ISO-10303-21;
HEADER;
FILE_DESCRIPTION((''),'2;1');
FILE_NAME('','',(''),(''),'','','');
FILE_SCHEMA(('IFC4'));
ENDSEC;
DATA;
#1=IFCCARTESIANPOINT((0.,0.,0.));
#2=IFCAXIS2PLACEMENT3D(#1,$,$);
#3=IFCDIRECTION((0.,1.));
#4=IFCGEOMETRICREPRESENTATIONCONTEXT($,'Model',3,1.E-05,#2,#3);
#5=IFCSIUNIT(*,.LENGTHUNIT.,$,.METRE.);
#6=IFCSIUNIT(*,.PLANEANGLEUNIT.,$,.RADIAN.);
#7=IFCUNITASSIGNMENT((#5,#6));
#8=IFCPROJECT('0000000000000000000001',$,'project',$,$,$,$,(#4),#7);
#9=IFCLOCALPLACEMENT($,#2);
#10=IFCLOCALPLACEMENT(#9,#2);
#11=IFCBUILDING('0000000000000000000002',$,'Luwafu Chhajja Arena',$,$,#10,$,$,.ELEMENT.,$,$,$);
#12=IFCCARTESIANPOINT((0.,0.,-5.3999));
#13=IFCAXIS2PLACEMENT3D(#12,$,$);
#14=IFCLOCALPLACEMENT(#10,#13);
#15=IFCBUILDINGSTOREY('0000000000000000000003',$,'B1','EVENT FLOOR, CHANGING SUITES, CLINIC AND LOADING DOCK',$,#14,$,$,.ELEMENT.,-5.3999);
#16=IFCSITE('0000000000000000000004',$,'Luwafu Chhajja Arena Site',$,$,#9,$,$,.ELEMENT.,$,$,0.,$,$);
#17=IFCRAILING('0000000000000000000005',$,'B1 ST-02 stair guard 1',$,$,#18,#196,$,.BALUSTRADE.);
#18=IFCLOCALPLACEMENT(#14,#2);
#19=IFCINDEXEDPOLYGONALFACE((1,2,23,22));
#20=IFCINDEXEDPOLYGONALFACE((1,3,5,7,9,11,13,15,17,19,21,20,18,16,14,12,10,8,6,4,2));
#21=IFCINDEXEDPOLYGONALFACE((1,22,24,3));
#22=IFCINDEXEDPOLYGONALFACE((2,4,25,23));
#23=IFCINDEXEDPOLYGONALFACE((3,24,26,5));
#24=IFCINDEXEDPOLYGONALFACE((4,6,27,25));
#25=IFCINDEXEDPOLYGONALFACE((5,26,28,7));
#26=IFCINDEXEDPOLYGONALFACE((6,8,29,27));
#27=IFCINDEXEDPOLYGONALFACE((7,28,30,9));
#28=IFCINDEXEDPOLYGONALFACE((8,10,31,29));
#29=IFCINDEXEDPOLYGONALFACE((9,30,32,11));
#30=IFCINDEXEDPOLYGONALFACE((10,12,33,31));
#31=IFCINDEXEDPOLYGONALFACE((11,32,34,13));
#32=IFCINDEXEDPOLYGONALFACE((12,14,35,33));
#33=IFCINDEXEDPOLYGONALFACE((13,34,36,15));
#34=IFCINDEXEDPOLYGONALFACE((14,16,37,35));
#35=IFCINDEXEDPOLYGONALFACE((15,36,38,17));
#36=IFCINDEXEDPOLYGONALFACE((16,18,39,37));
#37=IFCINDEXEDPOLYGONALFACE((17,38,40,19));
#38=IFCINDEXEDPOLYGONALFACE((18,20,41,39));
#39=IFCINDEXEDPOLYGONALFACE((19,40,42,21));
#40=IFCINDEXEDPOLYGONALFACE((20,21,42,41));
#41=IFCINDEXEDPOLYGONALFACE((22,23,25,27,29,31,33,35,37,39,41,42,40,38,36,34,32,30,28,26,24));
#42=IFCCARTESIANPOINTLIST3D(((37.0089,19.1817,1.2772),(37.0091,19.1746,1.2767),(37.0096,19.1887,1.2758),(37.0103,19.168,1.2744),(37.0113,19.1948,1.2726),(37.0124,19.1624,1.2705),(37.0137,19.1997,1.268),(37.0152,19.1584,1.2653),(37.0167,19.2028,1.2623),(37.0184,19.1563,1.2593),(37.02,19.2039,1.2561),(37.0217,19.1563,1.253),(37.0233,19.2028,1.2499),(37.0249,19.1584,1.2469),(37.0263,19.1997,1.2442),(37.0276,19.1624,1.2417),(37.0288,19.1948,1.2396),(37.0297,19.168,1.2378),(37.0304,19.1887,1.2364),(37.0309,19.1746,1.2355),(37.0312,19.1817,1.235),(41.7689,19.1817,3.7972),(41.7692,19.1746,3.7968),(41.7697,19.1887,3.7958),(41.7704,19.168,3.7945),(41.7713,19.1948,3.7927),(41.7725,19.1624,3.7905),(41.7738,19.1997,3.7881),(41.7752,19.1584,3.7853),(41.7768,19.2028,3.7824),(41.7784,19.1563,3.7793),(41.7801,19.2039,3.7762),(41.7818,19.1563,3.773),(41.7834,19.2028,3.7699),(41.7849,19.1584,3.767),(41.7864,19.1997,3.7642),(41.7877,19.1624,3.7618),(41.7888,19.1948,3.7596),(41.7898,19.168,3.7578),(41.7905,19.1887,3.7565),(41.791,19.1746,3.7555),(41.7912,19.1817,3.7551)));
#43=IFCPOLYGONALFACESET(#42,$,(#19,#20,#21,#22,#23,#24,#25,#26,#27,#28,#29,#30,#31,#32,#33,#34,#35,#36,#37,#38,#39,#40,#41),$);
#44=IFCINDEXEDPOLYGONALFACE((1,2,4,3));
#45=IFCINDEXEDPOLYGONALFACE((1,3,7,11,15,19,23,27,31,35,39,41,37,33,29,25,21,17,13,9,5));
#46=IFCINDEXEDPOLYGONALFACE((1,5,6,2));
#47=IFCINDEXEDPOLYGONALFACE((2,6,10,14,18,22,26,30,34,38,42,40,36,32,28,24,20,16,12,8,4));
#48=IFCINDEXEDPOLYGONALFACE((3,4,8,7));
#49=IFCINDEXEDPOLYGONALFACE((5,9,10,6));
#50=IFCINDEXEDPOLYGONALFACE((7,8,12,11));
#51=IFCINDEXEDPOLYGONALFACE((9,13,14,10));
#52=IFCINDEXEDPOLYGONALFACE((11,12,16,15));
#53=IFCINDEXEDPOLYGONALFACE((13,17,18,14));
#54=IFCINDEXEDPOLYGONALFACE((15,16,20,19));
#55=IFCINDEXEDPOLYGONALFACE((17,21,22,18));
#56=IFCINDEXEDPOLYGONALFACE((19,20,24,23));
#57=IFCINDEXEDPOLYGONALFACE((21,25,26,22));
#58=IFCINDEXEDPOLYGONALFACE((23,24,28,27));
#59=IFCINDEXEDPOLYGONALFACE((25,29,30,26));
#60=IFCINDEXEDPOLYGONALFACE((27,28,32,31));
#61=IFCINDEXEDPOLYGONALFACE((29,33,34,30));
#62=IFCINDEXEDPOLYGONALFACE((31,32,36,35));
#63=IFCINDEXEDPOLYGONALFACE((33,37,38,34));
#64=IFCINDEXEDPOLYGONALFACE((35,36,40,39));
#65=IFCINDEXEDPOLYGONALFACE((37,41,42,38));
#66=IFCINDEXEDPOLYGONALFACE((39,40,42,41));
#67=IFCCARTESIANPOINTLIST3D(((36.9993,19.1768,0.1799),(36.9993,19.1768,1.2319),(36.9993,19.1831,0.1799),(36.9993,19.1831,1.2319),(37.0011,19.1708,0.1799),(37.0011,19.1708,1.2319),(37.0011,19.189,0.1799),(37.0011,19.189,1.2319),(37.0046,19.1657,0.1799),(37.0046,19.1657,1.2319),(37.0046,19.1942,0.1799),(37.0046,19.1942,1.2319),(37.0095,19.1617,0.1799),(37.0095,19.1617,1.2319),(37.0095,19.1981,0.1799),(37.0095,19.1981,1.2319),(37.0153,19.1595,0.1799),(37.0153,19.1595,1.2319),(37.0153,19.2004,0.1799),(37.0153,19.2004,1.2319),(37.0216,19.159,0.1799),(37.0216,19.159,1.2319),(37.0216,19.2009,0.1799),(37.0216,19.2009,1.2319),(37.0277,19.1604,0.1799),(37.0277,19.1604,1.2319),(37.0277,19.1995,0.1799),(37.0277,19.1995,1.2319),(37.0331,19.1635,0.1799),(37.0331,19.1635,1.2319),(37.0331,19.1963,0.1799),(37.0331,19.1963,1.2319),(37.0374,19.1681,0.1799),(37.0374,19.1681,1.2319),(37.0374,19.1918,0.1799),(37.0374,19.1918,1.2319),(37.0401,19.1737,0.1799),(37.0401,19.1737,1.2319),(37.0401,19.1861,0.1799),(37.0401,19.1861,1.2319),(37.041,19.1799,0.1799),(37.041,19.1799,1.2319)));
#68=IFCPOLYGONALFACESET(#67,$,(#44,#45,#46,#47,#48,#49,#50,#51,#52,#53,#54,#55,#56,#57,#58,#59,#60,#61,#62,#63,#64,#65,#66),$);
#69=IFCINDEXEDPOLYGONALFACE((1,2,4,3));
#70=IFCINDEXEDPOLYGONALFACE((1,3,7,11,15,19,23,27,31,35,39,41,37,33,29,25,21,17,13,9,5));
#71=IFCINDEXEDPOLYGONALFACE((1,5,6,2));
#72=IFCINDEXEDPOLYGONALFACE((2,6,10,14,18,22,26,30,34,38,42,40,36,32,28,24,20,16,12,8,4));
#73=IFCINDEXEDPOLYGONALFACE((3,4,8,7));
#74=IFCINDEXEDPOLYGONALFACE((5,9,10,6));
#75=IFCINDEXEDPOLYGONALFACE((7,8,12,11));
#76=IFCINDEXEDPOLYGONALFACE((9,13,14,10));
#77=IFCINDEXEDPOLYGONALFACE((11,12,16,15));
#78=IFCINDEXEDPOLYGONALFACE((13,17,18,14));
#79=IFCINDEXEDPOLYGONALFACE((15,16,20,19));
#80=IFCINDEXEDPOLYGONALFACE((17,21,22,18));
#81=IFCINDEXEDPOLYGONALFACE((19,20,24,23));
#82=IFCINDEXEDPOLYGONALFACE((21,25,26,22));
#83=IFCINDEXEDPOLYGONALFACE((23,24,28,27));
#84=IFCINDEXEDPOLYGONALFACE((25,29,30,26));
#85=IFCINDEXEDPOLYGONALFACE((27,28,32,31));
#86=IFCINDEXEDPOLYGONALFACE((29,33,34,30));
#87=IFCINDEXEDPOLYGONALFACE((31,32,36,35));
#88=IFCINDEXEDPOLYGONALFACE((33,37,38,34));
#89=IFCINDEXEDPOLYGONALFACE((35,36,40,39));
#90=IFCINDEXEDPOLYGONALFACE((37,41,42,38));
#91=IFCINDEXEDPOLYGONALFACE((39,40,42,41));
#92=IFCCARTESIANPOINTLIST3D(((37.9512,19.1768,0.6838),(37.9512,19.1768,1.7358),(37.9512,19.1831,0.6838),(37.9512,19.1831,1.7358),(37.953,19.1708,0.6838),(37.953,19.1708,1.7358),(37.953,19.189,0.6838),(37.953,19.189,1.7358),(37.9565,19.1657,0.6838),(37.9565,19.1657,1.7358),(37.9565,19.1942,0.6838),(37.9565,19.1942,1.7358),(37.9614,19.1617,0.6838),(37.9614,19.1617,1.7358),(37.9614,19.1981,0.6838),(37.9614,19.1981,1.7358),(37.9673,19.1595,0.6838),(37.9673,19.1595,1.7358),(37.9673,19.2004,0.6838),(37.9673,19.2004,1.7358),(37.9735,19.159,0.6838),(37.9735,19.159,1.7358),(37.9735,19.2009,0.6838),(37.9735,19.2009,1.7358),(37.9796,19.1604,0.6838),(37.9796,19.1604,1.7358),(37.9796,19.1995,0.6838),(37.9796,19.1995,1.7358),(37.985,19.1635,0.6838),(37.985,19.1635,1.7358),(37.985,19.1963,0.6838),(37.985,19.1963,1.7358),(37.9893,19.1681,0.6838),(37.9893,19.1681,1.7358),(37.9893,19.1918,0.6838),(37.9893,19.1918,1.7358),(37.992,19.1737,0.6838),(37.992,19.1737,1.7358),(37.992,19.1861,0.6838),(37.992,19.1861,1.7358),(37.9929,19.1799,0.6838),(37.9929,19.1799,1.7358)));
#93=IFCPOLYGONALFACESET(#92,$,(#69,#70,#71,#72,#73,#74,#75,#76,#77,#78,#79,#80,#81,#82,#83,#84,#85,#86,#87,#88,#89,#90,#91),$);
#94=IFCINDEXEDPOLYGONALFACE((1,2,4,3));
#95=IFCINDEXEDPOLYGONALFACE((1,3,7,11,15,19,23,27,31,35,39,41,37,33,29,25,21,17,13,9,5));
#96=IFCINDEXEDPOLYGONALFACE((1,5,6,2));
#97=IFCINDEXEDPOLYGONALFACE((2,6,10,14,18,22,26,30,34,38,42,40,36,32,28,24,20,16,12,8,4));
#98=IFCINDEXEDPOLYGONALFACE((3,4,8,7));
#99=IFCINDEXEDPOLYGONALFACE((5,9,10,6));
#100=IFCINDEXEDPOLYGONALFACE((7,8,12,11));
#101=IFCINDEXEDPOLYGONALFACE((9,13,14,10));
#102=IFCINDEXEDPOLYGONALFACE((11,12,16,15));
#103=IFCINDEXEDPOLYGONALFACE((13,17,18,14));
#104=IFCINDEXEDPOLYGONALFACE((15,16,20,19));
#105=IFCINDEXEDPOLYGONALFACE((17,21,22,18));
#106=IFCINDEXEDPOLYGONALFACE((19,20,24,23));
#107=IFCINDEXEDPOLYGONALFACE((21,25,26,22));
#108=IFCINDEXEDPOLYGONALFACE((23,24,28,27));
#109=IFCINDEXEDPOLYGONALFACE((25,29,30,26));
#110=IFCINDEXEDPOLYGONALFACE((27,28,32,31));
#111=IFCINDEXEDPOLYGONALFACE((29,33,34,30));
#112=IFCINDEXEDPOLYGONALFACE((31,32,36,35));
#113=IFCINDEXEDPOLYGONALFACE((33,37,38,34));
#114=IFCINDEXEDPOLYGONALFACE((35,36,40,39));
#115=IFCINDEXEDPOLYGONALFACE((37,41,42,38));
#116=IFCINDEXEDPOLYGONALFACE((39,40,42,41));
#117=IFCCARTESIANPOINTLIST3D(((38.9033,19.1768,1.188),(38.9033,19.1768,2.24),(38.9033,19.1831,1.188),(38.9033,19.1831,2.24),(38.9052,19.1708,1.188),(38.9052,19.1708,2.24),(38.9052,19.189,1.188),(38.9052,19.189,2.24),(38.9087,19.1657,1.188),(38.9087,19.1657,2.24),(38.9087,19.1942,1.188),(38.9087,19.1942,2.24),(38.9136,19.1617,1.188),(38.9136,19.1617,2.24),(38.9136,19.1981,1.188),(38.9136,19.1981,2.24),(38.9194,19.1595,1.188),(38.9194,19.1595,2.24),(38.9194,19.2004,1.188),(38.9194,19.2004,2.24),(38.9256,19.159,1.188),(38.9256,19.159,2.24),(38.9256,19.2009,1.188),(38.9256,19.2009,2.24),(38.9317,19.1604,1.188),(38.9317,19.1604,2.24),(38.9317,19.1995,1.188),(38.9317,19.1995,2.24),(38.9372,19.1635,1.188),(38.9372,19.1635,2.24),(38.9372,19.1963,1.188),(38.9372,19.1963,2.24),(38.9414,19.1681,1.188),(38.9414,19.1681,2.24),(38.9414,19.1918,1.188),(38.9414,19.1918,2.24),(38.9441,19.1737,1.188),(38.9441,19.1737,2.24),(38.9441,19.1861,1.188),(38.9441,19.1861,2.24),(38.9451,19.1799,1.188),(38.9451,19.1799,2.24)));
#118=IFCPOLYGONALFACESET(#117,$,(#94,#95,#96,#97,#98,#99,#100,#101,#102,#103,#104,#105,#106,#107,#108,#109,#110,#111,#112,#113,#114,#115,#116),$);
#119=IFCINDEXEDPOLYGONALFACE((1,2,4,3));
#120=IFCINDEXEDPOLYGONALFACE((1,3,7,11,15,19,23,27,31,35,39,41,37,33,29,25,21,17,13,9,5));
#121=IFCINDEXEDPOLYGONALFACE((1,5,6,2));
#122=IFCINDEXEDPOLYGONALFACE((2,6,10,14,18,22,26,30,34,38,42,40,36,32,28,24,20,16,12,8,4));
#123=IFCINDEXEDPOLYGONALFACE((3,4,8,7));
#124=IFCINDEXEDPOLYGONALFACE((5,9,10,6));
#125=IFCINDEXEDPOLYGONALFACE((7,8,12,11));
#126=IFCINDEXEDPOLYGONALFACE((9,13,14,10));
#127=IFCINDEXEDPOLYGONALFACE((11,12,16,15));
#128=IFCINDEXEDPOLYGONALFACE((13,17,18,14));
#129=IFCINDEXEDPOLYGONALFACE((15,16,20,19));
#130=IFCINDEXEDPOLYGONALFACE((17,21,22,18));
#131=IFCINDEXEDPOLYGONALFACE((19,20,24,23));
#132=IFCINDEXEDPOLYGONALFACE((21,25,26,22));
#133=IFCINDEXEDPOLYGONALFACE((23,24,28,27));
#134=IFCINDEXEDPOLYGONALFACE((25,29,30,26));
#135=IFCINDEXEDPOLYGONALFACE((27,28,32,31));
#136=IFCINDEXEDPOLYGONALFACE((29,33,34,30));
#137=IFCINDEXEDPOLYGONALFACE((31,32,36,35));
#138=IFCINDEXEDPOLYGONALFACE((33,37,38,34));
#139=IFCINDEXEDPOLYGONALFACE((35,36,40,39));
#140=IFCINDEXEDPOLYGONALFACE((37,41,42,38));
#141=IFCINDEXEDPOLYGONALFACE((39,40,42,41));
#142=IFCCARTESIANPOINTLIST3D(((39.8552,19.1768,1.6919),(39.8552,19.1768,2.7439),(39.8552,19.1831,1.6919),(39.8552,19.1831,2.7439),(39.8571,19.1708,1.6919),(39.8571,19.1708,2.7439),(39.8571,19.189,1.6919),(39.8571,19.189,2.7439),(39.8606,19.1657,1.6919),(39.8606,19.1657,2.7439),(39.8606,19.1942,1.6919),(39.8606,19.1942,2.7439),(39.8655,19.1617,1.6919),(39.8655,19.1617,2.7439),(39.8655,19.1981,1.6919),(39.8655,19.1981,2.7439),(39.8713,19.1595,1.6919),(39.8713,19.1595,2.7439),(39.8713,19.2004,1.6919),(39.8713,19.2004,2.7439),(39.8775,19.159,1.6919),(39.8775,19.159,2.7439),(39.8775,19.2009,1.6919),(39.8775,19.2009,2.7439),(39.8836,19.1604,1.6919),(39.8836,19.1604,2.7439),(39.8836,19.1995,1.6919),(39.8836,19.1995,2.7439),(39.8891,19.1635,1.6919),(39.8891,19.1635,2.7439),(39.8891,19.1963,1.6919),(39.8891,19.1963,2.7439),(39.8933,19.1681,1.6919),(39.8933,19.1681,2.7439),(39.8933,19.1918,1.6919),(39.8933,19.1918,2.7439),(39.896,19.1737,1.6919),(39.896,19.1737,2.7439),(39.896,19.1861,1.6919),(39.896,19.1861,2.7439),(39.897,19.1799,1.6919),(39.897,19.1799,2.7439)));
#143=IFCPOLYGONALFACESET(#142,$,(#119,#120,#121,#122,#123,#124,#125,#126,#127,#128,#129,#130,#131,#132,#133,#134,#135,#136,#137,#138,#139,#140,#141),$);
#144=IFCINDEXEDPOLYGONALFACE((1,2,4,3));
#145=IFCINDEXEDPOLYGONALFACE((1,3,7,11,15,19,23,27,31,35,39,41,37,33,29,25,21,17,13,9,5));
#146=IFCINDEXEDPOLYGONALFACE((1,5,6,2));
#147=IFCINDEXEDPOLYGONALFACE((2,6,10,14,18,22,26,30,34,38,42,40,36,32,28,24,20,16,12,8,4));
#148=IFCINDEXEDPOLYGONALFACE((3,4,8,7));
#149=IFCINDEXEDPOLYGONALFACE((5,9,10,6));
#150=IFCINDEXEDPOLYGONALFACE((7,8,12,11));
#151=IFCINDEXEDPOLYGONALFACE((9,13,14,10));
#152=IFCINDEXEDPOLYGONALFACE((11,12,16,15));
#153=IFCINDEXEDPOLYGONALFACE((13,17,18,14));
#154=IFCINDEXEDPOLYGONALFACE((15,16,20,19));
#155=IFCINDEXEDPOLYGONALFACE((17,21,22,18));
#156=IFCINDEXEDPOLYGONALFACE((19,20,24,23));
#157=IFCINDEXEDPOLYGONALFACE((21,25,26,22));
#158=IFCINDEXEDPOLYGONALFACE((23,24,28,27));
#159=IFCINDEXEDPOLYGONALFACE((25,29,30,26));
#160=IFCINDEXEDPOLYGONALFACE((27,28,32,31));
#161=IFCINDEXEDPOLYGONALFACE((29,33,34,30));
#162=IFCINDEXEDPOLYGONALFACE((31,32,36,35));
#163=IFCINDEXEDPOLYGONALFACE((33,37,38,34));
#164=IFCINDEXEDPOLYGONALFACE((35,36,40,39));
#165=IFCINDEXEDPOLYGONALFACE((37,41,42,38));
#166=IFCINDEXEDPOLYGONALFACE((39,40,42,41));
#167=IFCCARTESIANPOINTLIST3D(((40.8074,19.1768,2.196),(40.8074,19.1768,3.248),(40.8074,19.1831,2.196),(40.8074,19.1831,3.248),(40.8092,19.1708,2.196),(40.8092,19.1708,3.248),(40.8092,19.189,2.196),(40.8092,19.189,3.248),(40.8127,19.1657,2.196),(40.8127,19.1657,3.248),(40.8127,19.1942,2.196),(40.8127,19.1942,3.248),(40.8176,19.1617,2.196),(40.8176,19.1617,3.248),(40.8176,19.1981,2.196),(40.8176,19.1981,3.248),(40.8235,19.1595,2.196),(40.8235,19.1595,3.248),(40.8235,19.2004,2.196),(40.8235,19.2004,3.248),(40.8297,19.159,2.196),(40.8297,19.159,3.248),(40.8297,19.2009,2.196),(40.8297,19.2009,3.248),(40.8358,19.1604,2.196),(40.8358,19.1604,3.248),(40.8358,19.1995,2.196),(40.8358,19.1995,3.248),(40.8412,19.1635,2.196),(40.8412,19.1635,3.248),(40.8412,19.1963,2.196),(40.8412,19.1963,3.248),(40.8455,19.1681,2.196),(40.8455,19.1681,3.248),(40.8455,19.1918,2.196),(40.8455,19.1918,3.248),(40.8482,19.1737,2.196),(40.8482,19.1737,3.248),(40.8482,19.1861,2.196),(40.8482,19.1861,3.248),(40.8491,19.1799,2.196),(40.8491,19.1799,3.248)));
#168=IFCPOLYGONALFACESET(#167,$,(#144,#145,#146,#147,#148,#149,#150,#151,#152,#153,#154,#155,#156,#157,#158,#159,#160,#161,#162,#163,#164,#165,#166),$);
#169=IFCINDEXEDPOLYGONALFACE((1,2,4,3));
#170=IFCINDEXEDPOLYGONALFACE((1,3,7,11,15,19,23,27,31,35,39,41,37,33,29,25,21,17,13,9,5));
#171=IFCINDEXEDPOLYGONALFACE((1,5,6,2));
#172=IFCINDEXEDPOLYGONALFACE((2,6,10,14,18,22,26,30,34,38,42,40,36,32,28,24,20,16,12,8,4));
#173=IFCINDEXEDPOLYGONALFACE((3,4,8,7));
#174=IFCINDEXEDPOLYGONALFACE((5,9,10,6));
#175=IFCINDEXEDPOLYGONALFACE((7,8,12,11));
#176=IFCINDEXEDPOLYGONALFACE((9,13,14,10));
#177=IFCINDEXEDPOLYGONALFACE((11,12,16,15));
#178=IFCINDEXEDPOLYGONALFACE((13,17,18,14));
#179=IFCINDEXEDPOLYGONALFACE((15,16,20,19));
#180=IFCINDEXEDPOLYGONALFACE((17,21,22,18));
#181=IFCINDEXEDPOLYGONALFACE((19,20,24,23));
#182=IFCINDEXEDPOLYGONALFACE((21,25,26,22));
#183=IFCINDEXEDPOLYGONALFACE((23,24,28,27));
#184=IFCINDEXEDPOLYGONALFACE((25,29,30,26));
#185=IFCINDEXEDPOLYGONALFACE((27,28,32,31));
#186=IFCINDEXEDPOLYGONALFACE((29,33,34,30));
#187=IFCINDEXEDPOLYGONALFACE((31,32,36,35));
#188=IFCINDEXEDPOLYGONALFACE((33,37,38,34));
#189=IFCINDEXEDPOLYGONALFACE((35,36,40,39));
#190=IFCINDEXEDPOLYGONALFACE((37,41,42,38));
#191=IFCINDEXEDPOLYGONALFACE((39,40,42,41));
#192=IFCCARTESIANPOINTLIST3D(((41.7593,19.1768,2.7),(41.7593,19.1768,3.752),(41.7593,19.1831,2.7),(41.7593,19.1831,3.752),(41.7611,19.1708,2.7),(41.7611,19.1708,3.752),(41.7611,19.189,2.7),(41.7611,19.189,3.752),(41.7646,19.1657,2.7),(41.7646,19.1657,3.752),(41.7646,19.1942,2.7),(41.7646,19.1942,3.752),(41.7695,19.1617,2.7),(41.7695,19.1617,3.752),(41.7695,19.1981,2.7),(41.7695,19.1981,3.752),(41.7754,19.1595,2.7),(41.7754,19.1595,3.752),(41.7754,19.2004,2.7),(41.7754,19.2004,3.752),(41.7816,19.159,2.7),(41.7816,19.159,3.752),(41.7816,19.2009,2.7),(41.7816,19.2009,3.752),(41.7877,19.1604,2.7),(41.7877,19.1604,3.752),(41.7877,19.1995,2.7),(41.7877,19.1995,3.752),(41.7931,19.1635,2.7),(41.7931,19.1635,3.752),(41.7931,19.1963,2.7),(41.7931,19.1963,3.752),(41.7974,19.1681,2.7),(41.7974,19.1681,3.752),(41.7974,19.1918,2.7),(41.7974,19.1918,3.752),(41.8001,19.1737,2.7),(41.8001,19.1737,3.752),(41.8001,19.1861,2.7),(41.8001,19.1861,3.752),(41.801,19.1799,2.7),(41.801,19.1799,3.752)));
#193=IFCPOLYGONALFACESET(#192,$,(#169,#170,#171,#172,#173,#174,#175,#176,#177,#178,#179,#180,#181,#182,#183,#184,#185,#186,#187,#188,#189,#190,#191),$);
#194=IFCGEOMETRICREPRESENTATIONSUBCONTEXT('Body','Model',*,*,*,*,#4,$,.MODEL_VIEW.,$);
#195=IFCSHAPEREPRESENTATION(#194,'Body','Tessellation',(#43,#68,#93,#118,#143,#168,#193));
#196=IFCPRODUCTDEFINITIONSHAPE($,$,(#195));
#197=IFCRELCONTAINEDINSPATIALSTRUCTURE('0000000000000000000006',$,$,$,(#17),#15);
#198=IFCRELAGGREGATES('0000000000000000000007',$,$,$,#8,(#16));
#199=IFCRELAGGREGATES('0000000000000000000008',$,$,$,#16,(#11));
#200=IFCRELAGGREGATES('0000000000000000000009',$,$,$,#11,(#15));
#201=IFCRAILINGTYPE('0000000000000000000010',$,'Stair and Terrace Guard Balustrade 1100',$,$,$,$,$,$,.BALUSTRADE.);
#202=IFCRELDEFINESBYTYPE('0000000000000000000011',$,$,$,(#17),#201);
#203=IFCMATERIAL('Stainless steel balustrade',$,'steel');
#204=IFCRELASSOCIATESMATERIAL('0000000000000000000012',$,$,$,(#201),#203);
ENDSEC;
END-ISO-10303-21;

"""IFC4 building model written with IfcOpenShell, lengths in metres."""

from ifc_helpers import new_model, si_unit, direction, frame, origin, origin_2d, place, context, subcontext, project, spatial, circle, extrude, material, type_object, element, save


model = new_model("IFC4")

# Units and contexts
model_context = context("Model", 3, precision=1e-05, world=origin(), true_north=direction((0.0, 1.0)))
body_context = subcontext(model_context, "Body", "Model", "MODEL_VIEW")
ifc_project = project(units=[si_unit("LENGTHUNIT", "METRE"), si_unit("PLANEANGLEUNIT", "RADIAN")], contexts=[model_context])

# Site, building, storey
site_placement = place(None, origin())
site = spatial("IfcSite", under=ifc_project, at=site_placement, Name="Luwafu Chhajja Arena Site", CompositionType="ELEMENT", RefElevation=0.0)
building_placement = place(site_placement, origin())
building = spatial("IfcBuilding", under=site, at=building_placement, Name="Luwafu Chhajja Arena", CompositionType="ELEMENT")
storey_placement = place(building_placement, frame((0.0, 0.0, -5.3999)))
storey = spatial("IfcBuildingStorey", under=building, at=storey_placement, Name="B1", Description="EVENT FLOOR, CHANGING SUITES, CLINIC AND LOADING DOCK", CompositionType="ELEMENT", Elevation=-5.3999)

# Railing
ifc_material_1 = material(Name="Stainless steel balustrade", Category="steel")
railing_type_1 = type_object("IfcRailingType", Name="Stair and Terrace Guard Balustrade 1100", PredefinedType="BALUSTRADE", material=ifc_material_1)
railing_1_placement = place(storey_placement, frame((37.02, 19.1799, 0.1799)))
element("IfcRailing", 1, at=railing_1_placement, inside=storey, type_object=railing_type_1, Name="B1 ST-02 stair guard 1", PredefinedType="BALUSTRADE", context=body_context, shape_type="SweptSolid", body=[
    extrude(circle(Radius=0.0239, at=origin_2d()), frame((0.0, 0.0, 1.0762), z_axis=(0.883787, 0.0, 0.46789), x_axis=(0.0, 1.0, 0.0)), (0.0, 0.0, 1.0), 5.386),
    extrude(circle(Radius=0.021, at=origin_2d()), origin(), (0.0, 0.0, 1.0), 1.052),
    extrude(circle(Radius=0.021, at=origin_2d()), frame((0.9519, 0.0, 0.5039)), (0.0, 0.0, 1.0), 1.052),
    extrude(circle(Radius=0.021, at=origin_2d()), frame((1.9041, 0.0, 1.0081)), (0.0, 0.0, 1.0), 1.052),
    extrude(circle(Radius=0.021, at=origin_2d()), frame((2.856, 0.0, 1.512)), (0.0, 0.0, 1.0), 1.052),
    extrude(circle(Radius=0.021, at=origin_2d()), frame((3.8081, 0.0, 2.0161)), (0.0, 0.0, 1.0), 1.052),
    extrude(circle(Radius=0.021, at=origin_2d()), frame((4.76, 0.0, 2.52)), (0.0, 0.0, 1.0), 1.052),
])

save(model, "model.ifc")
